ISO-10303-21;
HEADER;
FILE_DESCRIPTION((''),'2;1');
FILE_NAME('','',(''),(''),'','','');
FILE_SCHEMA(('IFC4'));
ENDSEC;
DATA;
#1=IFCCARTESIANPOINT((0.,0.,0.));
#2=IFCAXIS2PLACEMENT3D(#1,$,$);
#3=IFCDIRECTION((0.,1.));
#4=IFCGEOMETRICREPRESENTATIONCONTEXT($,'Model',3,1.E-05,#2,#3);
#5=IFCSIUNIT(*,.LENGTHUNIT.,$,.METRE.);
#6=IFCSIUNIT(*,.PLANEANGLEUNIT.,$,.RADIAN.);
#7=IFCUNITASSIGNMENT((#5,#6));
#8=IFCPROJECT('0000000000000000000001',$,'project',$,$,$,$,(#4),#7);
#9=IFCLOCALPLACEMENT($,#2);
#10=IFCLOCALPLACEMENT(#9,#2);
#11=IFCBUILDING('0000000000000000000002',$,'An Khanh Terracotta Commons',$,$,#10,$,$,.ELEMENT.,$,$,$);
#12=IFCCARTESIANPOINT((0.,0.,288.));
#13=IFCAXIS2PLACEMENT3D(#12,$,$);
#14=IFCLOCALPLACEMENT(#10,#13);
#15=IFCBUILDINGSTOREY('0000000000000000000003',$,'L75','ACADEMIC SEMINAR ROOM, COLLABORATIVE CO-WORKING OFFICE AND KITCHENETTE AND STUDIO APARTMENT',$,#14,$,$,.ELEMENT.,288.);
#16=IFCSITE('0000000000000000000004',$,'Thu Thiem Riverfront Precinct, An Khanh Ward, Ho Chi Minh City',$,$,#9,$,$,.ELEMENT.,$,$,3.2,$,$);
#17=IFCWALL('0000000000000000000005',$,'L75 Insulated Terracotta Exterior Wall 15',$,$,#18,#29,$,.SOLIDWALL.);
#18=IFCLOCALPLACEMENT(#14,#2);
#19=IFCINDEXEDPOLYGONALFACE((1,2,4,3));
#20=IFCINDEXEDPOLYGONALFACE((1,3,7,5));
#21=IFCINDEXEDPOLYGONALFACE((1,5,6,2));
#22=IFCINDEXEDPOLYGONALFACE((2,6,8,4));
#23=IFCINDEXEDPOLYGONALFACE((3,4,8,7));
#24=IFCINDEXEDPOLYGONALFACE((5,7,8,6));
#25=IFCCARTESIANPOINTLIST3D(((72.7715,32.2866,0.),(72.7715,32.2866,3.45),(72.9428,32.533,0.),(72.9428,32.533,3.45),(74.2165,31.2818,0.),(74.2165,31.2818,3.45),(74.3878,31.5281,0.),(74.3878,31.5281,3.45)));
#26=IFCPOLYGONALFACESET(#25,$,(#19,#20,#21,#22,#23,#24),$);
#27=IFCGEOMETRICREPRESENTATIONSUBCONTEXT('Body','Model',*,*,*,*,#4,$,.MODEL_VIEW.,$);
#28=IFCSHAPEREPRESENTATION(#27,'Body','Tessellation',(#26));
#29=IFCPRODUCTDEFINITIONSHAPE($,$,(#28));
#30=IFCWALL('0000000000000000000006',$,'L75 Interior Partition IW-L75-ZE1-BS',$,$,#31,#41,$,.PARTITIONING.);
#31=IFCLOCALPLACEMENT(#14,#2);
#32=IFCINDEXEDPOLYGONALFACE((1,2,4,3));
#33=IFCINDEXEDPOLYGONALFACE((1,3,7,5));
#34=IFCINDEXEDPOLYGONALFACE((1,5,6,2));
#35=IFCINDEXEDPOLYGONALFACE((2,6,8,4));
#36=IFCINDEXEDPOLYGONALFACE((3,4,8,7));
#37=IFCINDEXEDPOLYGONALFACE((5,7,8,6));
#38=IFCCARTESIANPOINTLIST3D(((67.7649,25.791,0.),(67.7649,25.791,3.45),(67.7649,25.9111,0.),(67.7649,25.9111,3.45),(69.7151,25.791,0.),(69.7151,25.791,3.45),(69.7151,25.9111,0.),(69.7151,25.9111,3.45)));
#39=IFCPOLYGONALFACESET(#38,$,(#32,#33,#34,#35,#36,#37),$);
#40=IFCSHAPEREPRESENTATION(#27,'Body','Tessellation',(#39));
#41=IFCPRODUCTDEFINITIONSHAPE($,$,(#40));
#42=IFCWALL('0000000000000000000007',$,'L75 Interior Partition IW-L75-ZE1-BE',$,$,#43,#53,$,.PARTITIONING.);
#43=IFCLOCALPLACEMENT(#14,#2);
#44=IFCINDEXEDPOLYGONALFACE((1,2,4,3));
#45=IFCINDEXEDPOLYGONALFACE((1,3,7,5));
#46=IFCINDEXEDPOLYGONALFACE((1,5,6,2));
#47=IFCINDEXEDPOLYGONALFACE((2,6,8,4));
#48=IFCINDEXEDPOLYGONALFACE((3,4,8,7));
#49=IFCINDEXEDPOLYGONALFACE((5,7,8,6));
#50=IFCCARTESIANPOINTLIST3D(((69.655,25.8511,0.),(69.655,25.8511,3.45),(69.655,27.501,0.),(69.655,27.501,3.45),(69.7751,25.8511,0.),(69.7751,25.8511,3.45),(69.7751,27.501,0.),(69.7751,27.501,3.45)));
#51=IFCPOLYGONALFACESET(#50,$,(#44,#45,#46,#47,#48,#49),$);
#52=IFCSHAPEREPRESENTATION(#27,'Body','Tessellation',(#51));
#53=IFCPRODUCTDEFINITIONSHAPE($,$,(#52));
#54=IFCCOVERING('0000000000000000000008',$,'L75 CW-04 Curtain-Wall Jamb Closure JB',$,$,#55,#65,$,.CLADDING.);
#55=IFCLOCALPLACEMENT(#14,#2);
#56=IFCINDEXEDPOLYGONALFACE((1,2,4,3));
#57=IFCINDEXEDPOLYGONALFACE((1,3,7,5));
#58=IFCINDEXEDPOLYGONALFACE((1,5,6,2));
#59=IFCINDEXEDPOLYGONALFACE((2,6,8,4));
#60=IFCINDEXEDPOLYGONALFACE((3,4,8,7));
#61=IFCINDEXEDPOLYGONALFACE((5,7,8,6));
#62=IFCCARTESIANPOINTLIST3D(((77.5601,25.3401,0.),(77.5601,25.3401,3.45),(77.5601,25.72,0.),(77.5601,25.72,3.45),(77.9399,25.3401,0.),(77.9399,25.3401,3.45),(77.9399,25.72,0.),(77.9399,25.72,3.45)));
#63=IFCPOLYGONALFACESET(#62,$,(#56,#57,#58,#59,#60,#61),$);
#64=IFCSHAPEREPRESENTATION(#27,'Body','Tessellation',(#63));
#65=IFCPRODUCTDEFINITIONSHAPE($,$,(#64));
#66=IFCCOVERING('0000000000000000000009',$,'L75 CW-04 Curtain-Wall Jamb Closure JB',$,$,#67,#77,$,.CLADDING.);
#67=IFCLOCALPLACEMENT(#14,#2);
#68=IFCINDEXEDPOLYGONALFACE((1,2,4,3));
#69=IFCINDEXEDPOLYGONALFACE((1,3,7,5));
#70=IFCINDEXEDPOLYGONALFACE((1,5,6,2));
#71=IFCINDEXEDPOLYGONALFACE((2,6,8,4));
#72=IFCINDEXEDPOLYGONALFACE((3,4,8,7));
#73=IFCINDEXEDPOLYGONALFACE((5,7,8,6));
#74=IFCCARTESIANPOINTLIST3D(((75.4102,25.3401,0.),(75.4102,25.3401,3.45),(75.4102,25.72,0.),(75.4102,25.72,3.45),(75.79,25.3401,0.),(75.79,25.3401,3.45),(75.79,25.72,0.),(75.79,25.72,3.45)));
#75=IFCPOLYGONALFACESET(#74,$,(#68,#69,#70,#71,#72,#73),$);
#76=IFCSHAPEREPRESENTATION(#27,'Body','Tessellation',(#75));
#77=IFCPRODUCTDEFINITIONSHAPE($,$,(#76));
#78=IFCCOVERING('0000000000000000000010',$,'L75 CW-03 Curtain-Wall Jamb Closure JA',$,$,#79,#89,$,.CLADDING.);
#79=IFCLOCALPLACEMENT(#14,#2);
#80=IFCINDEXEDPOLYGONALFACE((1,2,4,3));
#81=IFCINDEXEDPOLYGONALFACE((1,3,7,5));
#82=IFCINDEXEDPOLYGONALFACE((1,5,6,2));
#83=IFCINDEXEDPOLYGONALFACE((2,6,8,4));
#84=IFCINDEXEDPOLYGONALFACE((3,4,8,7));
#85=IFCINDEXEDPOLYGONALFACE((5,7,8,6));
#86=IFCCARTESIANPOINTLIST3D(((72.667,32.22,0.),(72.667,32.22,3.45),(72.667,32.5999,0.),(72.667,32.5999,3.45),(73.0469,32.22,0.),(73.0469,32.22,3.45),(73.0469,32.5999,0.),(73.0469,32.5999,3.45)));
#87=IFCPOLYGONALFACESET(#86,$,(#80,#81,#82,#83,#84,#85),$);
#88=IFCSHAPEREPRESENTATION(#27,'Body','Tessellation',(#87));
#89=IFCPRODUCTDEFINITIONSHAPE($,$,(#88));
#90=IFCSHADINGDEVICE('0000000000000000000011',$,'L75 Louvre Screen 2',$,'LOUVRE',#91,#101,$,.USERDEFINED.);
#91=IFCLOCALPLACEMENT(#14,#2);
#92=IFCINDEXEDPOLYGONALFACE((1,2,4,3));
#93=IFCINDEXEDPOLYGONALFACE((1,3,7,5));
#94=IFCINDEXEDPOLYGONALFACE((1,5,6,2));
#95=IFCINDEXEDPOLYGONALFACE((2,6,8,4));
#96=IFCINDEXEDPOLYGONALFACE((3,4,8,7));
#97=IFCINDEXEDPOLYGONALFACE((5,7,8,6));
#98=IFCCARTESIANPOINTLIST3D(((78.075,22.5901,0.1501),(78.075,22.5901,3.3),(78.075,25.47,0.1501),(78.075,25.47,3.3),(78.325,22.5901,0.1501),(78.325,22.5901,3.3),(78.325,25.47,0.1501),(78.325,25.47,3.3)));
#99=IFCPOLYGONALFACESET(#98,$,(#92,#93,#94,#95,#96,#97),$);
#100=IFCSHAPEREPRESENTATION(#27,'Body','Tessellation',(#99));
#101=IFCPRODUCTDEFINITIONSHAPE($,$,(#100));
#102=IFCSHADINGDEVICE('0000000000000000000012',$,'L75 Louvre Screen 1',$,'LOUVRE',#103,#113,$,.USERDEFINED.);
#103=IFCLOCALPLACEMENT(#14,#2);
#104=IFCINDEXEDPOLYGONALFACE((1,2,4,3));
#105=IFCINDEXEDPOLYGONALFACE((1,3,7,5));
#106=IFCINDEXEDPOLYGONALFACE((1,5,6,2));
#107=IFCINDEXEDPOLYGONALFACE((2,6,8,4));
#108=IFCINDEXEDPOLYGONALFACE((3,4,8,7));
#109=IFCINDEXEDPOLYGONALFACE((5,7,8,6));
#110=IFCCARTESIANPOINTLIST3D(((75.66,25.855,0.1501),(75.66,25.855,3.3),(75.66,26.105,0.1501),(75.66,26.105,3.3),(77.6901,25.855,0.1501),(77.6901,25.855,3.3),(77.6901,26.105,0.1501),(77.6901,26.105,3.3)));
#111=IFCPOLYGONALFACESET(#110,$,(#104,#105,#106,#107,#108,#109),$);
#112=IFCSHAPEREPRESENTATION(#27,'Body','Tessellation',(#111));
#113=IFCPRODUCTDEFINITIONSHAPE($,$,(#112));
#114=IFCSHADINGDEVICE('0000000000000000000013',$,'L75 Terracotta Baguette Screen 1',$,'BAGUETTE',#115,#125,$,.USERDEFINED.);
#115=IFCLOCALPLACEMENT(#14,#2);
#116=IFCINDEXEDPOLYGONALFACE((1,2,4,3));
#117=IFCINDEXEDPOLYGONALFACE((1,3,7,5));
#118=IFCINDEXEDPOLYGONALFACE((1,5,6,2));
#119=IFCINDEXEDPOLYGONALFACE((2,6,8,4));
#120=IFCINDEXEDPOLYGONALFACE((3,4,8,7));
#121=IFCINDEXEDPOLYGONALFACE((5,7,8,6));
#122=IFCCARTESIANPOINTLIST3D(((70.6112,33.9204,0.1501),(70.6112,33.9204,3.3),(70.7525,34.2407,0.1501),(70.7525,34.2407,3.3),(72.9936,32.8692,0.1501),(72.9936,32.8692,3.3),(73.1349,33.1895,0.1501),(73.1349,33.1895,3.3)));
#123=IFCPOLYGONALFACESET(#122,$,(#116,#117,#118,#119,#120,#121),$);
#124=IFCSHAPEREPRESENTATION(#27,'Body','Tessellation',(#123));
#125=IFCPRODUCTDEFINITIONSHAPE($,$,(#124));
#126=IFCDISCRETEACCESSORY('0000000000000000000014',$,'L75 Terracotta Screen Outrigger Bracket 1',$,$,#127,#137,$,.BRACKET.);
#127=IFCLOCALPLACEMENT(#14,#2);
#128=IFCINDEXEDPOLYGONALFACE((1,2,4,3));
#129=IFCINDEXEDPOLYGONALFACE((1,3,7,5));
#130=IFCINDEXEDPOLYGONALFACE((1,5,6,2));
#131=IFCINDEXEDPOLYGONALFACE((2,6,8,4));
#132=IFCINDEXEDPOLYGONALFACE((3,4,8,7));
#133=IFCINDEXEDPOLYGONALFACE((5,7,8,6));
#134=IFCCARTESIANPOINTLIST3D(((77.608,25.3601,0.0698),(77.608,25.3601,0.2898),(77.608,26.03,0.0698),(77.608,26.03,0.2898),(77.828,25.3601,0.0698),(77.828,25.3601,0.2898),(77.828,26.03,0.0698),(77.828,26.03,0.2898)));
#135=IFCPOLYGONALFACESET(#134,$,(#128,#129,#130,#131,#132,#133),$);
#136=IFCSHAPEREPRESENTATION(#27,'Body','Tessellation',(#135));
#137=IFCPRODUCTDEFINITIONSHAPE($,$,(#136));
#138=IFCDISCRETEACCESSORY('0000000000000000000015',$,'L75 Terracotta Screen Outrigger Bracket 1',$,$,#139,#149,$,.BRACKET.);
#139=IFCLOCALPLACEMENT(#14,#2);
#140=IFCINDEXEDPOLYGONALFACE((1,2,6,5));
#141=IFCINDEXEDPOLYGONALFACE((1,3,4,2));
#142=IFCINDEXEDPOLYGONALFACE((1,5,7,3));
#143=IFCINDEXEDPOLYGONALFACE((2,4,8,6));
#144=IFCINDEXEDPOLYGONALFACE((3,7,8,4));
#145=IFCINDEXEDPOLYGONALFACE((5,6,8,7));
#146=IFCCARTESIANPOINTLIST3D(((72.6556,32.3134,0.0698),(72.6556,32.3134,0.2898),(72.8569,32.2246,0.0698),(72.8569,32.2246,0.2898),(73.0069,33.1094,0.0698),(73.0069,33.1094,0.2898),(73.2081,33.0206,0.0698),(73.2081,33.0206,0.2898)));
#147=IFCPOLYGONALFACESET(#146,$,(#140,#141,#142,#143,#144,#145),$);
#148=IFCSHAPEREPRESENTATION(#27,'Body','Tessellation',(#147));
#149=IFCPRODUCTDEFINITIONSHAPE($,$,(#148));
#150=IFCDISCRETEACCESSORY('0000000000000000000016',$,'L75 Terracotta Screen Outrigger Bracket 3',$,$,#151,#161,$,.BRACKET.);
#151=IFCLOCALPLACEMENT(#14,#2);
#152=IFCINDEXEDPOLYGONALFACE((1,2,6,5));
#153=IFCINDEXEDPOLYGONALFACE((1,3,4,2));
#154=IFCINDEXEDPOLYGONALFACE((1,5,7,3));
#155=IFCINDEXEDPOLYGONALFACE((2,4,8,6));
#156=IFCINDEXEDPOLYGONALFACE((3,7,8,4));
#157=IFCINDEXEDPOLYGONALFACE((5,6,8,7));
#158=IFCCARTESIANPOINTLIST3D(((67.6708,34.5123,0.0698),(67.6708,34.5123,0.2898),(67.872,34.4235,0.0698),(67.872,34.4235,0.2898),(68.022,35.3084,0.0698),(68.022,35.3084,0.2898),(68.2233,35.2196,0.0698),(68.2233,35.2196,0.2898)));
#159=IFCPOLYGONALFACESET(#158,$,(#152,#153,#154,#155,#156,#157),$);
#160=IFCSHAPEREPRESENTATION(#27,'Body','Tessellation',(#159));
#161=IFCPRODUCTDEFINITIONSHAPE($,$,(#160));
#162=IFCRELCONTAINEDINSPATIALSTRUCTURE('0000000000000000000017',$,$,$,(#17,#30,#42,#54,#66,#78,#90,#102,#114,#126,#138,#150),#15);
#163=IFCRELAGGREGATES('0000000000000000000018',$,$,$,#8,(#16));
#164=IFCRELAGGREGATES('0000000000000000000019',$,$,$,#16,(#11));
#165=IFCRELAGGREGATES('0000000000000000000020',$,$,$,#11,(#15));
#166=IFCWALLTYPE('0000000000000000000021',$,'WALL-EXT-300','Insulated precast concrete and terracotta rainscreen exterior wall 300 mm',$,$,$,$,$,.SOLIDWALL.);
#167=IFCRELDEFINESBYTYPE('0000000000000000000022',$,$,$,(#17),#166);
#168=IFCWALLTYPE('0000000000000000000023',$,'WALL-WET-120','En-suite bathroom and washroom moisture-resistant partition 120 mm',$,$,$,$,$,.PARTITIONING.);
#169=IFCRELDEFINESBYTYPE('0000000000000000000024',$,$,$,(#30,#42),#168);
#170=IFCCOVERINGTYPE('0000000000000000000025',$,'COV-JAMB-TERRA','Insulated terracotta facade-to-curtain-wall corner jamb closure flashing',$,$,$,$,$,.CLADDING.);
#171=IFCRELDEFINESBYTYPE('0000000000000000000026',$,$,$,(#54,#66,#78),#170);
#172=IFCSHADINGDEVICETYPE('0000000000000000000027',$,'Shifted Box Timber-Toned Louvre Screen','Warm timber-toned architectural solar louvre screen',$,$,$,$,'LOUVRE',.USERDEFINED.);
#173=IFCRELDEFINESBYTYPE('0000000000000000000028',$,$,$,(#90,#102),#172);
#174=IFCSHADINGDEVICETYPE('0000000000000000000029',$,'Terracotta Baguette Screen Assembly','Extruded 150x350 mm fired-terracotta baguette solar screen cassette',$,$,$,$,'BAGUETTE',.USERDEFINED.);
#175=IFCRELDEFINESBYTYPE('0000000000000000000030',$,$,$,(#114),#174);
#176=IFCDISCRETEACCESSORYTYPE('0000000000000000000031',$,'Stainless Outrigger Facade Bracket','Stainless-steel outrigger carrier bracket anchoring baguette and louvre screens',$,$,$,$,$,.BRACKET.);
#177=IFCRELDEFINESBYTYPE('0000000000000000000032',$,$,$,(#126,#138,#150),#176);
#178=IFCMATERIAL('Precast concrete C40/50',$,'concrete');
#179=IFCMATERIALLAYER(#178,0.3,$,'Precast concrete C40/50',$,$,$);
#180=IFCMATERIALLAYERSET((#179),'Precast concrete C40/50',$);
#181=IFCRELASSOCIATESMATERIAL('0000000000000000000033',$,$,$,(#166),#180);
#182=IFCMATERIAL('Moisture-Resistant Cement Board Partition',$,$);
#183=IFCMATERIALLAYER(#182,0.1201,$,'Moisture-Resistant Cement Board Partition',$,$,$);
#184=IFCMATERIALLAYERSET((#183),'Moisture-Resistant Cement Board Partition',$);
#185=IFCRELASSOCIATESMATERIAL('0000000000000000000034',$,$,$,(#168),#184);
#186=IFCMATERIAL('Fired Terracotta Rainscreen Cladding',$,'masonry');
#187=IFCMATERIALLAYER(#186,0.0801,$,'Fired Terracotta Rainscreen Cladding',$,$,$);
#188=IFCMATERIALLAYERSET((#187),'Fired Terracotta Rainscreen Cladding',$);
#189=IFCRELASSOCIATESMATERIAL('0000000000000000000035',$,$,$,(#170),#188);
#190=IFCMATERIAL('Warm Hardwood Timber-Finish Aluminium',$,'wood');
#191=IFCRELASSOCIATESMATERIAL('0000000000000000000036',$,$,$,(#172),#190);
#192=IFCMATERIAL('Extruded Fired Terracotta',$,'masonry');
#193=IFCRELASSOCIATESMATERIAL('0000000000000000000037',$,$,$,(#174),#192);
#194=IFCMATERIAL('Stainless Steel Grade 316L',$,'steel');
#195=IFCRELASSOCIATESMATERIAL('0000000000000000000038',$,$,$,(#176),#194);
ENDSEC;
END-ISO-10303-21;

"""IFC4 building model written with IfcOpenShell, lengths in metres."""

from ifc_helpers import new_model, si_unit, direction, frame, frame_2d, origin, origin_2d, place, context, subcontext, project, spatial, rectangle, extrude, material, layer, layer_set, type_object, element, save


model = new_model("IFC4")

# Units and contexts
model_context = context("Model", 3, precision=1e-05, world=origin(), true_north=direction((0.0, 1.0)))
body_context = subcontext(model_context, "Body", "Model", "MODEL_VIEW")
ifc_project = project(units=[si_unit("LENGTHUNIT", "METRE"), si_unit("PLANEANGLEUNIT", "RADIAN")], contexts=[model_context])

# Site, building, storey
site_placement = place(None, origin())
site = spatial("IfcSite", under=ifc_project, at=site_placement, Name="Thu Thiem Riverfront Precinct, An Khanh Ward, Ho Chi Minh City", CompositionType="ELEMENT", RefElevation=3.2)
building_placement = place(site_placement, origin())
building = spatial("IfcBuilding", under=site, at=building_placement, Name="An Khanh Terracotta Commons", CompositionType="ELEMENT")
storey_placement = place(building_placement, frame((0.0, 0.0, 288.0)))
storey = spatial("IfcBuildingStorey", under=building, at=storey_placement, Name="L75", Description="ACADEMIC SEMINAR ROOM, COLLABORATIVE CO-WORKING OFFICE AND KITCHENETTE AND STUDIO APARTMENT", CompositionType="ELEMENT", Elevation=288.0)

# Shared definitions
ifc_material_1 = material(Name="Precast concrete C40/50", Category="concrete")
ifc_layer_1 = layer(ifc_material_1, 0.3, Name="Precast concrete C40/50")
ifc_layer_set_1 = layer_set([ifc_layer_1], Name="Precast concrete C40/50")
wall_type_1 = type_object("IfcWallType", Name="WALL-EXT-300", Description="Insulated precast concrete and terracotta rainscreen exterior wall 300 mm", PredefinedType="SOLIDWALL", material=ifc_layer_set_1)

# Walls
wall_1_placement = place(storey_placement, frame((74.302, 31.405, 0.0), z_axis=(0.0, 0.0, 1.0), x_axis=(-0.821007, 0.570918, 0.0)))
element("IfcWall", 1, at=wall_1_placement, inside=storey, type_object=wall_type_1, Name="L75 Insulated Terracotta Exterior Wall 15", PredefinedType="SOLIDWALL", context=body_context, shape_type="SweptSolid", body=[
    extrude(rectangle(XDim=1.76, YDim=0.3, at=frame_2d((0.8799, 0.0))), origin(), (0.0, 0.0, 1.0), 3.45),
])
ifc_material_2 = material(Name="Moisture-Resistant Cement Board Partition")
ifc_layer_2 = layer(ifc_material_2, 0.1201, Name="Moisture-Resistant Cement Board Partition")
ifc_layer_set_2 = layer_set([ifc_layer_2], Name="Moisture-Resistant Cement Board Partition")
wall_type_2 = type_object("IfcWallType", Name="WALL-WET-120", Description="En-suite bathroom and washroom moisture-resistant partition 120 mm", PredefinedType="PARTITIONING", material=ifc_layer_set_2)
wall_2_placement = place(storey_placement, frame((69.7151, 25.8511, 0.0), z_axis=(0.0, 0.0, 1.0), x_axis=(-1.0, 0.0, 0.0)))
element("IfcWall", 2, at=wall_2_placement, inside=storey, type_object=wall_type_2, Name="L75 Interior Partition IW-L75-ZE1-BS", PredefinedType="PARTITIONING", context=body_context, shape_type="SweptSolid", body=[
    extrude(rectangle(XDim=1.9502, YDim=0.1201, at=frame_2d((0.9751, 0.0))), origin(), (0.0, 0.0, 1.0), 3.45),
])
wall_3_placement = place(storey_placement, frame((69.7151, 25.8511, 0.0), z_axis=(0.0, 0.0, 1.0), x_axis=(0.0, 1.0, 0.0)))
element("IfcWall", 3, at=wall_3_placement, inside=storey, type_object=wall_type_2, Name="L75 Interior Partition IW-L75-ZE1-BE", PredefinedType="PARTITIONING", context=body_context, shape_type="SweptSolid", body=[
    extrude(rectangle(XDim=1.6499, YDim=0.1201, at=frame_2d((0.825, 0.0))), origin(), (0.0, 0.0, 1.0), 3.45),
])

# Coverings
ifc_material_3 = material(Name="Fired Terracotta Rainscreen Cladding", Category="masonry")
ifc_layer_3 = layer(ifc_material_3, 0.0801, Name="Fired Terracotta Rainscreen Cladding")
ifc_layer_set_3 = layer_set([ifc_layer_3], Name="Fired Terracotta Rainscreen Cladding")
covering_type = type_object("IfcCoveringType", Name="COV-JAMB-TERRA", Description="Insulated terracotta facade-to-curtain-wall corner jamb closure flashing", PredefinedType="CLADDING", material=ifc_layer_set_3)
for number, where, z_axis, x_axis, name in (
    (4, (77.75, 25.53, 0.0), (0.0, 0.0, 1.0), (1.0, 0.0, 0.0), "L75 CW-04 Curtain-Wall Jamb Closure JB"),
    (5, (75.6001, 25.53, 0.0), (0.0, 0.0, 1.0), (1.0, 0.0, 0.0), "L75 CW-04 Curtain-Wall Jamb Closure JB"),
    (6, (72.8569, 32.4099, 0.0), (0.0, 0.0, 1.0), (1.0, 0.0, 0.0), "L75 CW-03 Curtain-Wall Jamb Closure JA"),
):
    element("IfcCovering", number, at=place(storey_placement, frame(where, z_axis=z_axis, x_axis=x_axis)), inside=storey, type_object=covering_type, Name=name, PredefinedType="CLADDING", context=body_context, shape_type="SweptSolid", body=[
        extrude(rectangle(XDim=0.3799, YDim=0.3799, at=origin_2d()), origin(), (0.0, 0.0, 1.0), 3.45),
    ])

# Shading devices
ifc_material_4 = material(Name="Warm Hardwood Timber-Finish Aluminium", Category="wood")
shading_device_type_1 = type_object("IfcShadingDeviceType", Name="Shifted Box Timber-Toned Louvre Screen", Description="Warm timber-toned architectural solar louvre screen", ElementType="LOUVRE", PredefinedType="USERDEFINED", material=ifc_material_4)
shading_device_1_placement = place(storey_placement, frame((78.2, 24.03, 0.1501), z_axis=(0.0, 0.0, 1.0), x_axis=(0.0, 1.0, 0.0)))
element("IfcShadingDevice", 7, at=shading_device_1_placement, inside=storey, type_object=shading_device_type_1, Name="L75 Louvre Screen 2", ObjectType="LOUVRE", PredefinedType="USERDEFINED", context=body_context, shape_type="SweptSolid", body=[
    extrude(rectangle(XDim=2.8799, YDim=0.25, at=origin_2d()), origin(), (0.0, 0.0, 1.0), 3.1499),
])
shading_device_2_placement = place(storey_placement, frame((76.675, 25.98, 0.1501), z_axis=(0.0, 0.0, 1.0), x_axis=(-1.0, 0.0, 0.0)))
element("IfcShadingDevice", 8, at=shading_device_2_placement, inside=storey, type_object=shading_device_type_1, Name="L75 Louvre Screen 1", ObjectType="LOUVRE", PredefinedType="USERDEFINED", context=body_context, shape_type="SweptSolid", body=[
    extrude(rectangle(XDim=2.03, YDim=0.25, at=origin_2d()), origin(), (0.0, 0.0, 1.0), 3.1499),
])
ifc_material_5 = material(Name="Extruded Fired Terracotta", Category="masonry")
shading_device_type_2 = type_object("IfcShadingDeviceType", Name="Terracotta Baguette Screen Assembly", Description="Extruded 150x350 mm fired-terracotta baguette solar screen cassette", ElementType="BAGUETTE", PredefinedType="USERDEFINED", material=ifc_material_5)
shading_device_3_placement = place(storey_placement, frame((71.873, 33.5549, 0.1501), z_axis=(0.0, 0.0, 1.0), x_axis=(-0.914902, 0.403676, 0.0)))
element("IfcShadingDevice", 9, at=shading_device_3_placement, inside=storey, type_object=shading_device_type_2, Name="L75 Terracotta Baguette Screen 1", ObjectType="BAGUETTE", PredefinedType="USERDEFINED", context=body_context, shape_type="SweptSolid", body=[
    extrude(rectangle(XDim=2.604, YDim=0.3501, at=origin_2d()), origin(), (0.0, 0.0, 1.0), 3.1499),
])

# Discrete accessories
ifc_material_6 = material(Name="Stainless Steel Grade 316L", Category="steel")
discrete_accessory_type = type_object("IfcDiscreteAccessoryType", Name="Stainless Outrigger Facade Bracket", Description="Stainless-steel outrigger carrier bracket anchoring baguette and louvre screens", PredefinedType="BRACKET", material=ifc_material_6)
discrete_accessory_placement = place(storey_placement, frame((77.718, 25.6951, 0.0698), z_axis=(0.0, 0.0, 1.0), x_axis=(-1.0, 0.0, 0.0)))
element("IfcDiscreteAccessory", 10, at=discrete_accessory_placement, inside=storey, type_object=discrete_accessory_type, Name="L75 Terracotta Screen Outrigger Bracket 1", PredefinedType="BRACKET", context=body_context, shape_type="SweptSolid", body=[
    extrude(rectangle(XDim=0.22, YDim=0.6699, at=origin_2d()), origin(), (0.0, 0.0, 1.0), 0.22),
])
for number, where, z_axis, x_axis, name in (
    (11, (72.9319, 32.667, 0.0698), (0.0, 0.0, 1.0), (-0.914902, 0.403676, 0.0), "L75 Terracotta Screen Outrigger Bracket 1"),
    (12, (67.947, 34.866, 0.0698), (0.0, 0.0, 1.0), (-0.914902, 0.403676, 0.0), "L75 Terracotta Screen Outrigger Bracket 3"),
):
    element("IfcDiscreteAccessory", number, at=place(storey_placement, frame(where, z_axis=z_axis, x_axis=x_axis)), inside=storey, type_object=discrete_accessory_type, Name=name, PredefinedType="BRACKET", context=body_context, shape_type="SweptSolid", body=[
        extrude(rectangle(XDim=0.22, YDim=0.8701, at=origin_2d()), origin(), (0.0, 0.0, 1.0), 0.22),
    ])

save(model, "model.ifc")
